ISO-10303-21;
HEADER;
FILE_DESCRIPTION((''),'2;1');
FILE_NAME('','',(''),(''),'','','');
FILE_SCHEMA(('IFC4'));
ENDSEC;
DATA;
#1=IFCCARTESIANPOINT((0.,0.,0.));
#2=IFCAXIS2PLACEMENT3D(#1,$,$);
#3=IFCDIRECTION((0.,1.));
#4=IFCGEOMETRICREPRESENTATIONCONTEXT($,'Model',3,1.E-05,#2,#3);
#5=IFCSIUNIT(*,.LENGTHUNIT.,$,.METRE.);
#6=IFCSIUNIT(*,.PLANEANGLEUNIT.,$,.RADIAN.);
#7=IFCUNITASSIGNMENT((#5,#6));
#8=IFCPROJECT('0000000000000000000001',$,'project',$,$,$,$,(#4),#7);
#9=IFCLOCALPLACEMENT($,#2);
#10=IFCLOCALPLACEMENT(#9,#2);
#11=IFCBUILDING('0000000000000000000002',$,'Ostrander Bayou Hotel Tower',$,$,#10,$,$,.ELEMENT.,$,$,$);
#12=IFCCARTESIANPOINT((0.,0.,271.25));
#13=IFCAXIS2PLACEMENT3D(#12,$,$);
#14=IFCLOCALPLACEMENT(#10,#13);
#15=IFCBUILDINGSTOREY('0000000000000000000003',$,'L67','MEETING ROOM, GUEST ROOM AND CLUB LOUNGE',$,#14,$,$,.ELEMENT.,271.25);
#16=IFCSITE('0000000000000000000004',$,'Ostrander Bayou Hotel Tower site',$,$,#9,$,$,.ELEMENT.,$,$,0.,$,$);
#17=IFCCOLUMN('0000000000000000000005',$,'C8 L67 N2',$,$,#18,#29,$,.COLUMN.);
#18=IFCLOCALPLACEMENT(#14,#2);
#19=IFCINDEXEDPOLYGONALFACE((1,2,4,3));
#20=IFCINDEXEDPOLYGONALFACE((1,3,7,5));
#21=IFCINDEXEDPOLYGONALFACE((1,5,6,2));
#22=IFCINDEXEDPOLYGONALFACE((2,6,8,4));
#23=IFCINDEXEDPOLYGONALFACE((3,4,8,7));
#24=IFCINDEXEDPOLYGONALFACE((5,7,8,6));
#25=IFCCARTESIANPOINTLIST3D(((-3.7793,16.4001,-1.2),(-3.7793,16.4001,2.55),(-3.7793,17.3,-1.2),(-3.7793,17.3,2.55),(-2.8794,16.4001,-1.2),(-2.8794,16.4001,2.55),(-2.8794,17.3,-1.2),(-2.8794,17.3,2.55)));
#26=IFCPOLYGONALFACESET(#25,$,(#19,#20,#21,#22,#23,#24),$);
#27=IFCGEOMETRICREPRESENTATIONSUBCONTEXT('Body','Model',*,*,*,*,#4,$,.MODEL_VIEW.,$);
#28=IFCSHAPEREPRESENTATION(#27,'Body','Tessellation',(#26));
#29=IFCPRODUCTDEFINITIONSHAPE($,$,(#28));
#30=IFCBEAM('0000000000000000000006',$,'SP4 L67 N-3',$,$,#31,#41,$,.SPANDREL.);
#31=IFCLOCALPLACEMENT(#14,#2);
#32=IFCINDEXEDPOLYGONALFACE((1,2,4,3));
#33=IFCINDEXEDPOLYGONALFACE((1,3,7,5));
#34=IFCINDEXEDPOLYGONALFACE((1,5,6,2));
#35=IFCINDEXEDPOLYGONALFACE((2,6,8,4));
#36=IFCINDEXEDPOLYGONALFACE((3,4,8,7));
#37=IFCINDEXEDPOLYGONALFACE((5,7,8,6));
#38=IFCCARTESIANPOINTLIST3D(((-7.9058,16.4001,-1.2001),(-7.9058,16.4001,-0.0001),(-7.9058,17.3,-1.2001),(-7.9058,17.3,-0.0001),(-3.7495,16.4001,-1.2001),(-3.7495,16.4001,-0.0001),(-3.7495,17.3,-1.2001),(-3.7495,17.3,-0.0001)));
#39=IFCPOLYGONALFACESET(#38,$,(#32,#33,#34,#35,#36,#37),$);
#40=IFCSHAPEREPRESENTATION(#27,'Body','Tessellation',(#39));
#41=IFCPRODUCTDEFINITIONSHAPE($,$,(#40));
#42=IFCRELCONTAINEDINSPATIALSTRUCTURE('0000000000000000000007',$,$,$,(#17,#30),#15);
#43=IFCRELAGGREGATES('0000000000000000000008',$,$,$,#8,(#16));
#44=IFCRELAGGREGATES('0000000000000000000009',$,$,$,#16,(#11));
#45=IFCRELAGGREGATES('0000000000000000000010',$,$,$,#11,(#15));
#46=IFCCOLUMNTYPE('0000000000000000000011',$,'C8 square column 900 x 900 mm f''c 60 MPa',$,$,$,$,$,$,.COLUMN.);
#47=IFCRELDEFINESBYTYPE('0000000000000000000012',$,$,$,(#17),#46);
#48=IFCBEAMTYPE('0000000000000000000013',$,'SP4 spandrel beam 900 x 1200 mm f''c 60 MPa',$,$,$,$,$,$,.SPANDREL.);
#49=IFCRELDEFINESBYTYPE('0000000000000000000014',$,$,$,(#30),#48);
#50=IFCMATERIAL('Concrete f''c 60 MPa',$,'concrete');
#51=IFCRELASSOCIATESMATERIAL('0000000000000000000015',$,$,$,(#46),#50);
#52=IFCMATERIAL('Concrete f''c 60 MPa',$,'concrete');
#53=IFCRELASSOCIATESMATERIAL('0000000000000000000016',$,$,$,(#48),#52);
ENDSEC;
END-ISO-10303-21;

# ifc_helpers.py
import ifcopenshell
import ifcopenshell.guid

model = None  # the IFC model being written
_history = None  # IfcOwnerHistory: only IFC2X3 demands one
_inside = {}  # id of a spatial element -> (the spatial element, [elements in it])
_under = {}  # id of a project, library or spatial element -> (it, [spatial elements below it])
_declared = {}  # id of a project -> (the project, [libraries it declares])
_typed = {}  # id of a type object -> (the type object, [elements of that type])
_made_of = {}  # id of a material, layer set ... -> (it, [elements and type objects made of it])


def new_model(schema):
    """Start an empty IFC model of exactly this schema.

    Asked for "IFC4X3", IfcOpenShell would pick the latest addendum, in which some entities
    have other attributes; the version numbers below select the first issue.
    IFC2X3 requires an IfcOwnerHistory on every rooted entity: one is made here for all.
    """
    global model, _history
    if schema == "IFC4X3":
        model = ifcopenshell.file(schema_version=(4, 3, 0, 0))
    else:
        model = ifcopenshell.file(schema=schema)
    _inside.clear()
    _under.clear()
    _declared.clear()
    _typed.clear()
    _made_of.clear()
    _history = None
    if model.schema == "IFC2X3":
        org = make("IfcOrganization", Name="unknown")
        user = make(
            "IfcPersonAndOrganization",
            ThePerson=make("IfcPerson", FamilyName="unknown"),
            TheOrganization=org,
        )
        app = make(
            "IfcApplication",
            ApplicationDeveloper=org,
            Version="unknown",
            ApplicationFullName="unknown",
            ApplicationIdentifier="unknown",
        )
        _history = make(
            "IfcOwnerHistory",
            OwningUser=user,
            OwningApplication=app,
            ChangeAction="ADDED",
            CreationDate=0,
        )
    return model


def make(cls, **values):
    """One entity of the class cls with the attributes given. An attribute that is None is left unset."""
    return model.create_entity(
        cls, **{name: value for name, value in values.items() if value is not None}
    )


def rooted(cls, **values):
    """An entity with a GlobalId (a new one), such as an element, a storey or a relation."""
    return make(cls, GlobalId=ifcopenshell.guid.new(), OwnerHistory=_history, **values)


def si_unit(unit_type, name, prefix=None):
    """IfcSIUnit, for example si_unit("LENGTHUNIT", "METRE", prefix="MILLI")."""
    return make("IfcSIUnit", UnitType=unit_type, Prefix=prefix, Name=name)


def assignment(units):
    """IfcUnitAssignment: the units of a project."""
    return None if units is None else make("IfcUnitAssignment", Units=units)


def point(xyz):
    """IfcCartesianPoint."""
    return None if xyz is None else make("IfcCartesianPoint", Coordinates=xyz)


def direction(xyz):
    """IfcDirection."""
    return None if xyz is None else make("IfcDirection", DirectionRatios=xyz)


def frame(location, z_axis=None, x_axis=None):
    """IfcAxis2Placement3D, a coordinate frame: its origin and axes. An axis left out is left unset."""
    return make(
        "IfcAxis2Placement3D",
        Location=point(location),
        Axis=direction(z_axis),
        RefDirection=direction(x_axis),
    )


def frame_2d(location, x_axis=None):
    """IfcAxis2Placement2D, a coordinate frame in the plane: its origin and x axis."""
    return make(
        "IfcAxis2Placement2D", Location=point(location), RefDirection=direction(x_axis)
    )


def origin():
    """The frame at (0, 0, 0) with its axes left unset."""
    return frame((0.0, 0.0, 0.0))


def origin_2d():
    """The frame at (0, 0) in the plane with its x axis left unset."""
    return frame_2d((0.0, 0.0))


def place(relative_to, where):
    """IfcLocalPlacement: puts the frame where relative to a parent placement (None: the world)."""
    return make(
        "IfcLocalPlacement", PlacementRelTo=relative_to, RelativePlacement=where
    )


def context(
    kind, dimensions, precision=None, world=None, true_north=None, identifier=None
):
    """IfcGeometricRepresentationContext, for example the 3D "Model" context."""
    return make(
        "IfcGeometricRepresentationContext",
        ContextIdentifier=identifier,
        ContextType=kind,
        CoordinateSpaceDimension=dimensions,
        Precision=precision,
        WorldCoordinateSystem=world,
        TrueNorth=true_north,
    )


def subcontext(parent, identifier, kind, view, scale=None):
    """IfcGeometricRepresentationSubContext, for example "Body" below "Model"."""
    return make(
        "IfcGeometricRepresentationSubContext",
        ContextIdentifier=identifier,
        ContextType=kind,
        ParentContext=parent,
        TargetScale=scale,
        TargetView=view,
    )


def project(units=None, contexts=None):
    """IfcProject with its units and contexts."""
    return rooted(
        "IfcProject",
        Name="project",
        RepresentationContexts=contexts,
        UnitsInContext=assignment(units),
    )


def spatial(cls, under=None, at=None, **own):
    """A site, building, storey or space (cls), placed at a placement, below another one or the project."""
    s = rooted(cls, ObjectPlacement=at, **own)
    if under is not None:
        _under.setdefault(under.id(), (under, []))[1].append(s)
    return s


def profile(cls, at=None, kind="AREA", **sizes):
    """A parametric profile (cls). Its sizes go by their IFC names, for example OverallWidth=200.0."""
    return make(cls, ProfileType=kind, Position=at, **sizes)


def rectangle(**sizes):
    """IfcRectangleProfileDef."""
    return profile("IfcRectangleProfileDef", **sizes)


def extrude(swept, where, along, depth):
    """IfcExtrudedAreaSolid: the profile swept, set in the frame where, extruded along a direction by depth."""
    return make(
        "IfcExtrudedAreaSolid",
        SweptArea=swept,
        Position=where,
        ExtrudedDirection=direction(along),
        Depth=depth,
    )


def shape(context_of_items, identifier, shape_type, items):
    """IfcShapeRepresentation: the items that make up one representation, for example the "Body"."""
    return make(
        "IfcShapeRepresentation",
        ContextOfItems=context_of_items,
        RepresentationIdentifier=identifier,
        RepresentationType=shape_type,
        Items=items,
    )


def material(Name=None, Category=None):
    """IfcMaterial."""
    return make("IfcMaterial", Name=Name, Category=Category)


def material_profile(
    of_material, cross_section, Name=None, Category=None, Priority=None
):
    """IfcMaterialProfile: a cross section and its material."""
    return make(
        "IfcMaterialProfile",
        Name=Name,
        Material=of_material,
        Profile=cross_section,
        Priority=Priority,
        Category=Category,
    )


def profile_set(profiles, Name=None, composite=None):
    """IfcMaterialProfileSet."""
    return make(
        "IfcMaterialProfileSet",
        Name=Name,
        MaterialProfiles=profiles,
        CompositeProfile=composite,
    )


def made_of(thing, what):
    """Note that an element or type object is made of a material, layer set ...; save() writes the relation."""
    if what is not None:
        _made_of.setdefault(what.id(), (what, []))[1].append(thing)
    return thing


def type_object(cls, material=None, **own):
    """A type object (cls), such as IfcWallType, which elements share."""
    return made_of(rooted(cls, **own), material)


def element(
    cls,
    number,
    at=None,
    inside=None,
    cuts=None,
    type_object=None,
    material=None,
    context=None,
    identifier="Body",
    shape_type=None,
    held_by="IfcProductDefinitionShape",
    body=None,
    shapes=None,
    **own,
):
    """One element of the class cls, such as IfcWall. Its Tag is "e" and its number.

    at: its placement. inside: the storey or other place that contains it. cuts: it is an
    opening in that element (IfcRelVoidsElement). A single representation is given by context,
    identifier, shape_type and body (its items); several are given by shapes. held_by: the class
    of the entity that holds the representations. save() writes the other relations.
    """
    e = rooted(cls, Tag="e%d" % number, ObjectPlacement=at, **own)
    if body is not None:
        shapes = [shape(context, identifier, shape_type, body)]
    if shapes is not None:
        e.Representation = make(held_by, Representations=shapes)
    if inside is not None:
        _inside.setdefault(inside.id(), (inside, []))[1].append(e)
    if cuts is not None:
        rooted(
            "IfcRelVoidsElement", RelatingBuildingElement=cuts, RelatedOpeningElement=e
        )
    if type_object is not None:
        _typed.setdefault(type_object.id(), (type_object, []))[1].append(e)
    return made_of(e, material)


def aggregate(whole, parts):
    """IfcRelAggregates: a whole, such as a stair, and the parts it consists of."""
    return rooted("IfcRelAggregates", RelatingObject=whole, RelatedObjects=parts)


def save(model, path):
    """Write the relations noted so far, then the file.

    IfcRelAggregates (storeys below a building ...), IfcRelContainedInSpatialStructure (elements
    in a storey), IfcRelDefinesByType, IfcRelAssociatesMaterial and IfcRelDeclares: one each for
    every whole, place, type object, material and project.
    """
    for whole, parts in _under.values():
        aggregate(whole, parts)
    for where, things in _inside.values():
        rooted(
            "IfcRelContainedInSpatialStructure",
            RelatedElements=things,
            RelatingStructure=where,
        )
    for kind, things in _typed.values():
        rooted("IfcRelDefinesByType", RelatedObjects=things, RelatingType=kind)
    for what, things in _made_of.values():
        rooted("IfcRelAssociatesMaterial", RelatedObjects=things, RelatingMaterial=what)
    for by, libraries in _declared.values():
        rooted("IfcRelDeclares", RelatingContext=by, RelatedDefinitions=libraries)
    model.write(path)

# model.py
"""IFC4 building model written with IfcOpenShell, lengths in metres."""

from ifc_helpers import new_model, si_unit, direction, frame, origin, origin_2d, place, context, subcontext, project, spatial, rectangle, extrude, material, material_profile, profile_set, type_object, element, save


model = new_model("IFC4")

# Units and contexts
model_context = context("Model", 3, precision=1e-05, world=origin(), true_north=direction((0.0, 1.0)))
body_context = subcontext(model_context, "Body", "Model", "MODEL_VIEW")
ifc_project = project(units=[si_unit("LENGTHUNIT", "METRE"), si_unit("PLANEANGLEUNIT", "RADIAN")], contexts=[model_context])

# Site, building, storey
site_placement = place(None, origin())
site = spatial("IfcSite", under=ifc_project, at=site_placement, Name="Ostrander Bayou Hotel Tower site", CompositionType="ELEMENT", RefElevation=0.0)
building_placement = place(site_placement, origin())
building = spatial("IfcBuilding", under=site, at=building_placement, Name="Ostrander Bayou Hotel Tower", CompositionType="ELEMENT")
storey_placement = place(building_placement, frame((0.0, 0.0, 271.25)))
storey = spatial("IfcBuildingStorey", under=building, at=storey_placement, Name="L67", Description="MEETING ROOM, GUEST ROOM AND CLUB LOUNGE", CompositionType="ELEMENT", Elevation=271.25)

# Column
ifc_material_1 = material(Name="Concrete f'c 60 MPa", Category="concrete")
ifc_material_profile_1 = material_profile(ifc_material_1, rectangle(XDim=0.8999, YDim=0.8999, at=origin_2d()))
ifc_profile_set_1 = profile_set([ifc_material_profile_1], Name="Concrete f'c 60 MPa")
column_type = type_object("IfcColumnType", Name="C8 square column 900 x 900 mm f'c 60 MPa", PredefinedType="COLUMN", material=ifc_profile_set_1)
column_placement = place(storey_placement, frame((-3.3293, 16.8501, -1.2), z_axis=(0.0, 0.0, 1.0), x_axis=(1.0, 0.0, 0.0)))
element("IfcColumn", 1, at=column_placement, inside=storey, type_object=column_type, Name="C8 L67 N2", PredefinedType="COLUMN", context=body_context, shape_type="SweptSolid", body=[
    extrude(rectangle(XDim=0.8999, YDim=0.8999, at=origin_2d()), origin(), (0.0, 0.0, 1.0), 3.75),
])

# Beam
ifc_material_2 = material(Name="Concrete f'c 60 MPa", Category="concrete")
ifc_material_profile_2 = material_profile(ifc_material_2, rectangle(XDim=0.8999, YDim=1.2, at=origin_2d()))
ifc_profile_set_2 = profile_set([ifc_material_profile_2], Name="Concrete f'c 60 MPa")
beam_type = type_object("IfcBeamType", Name="SP4 spandrel beam 900 x 1200 mm f'c 60 MPa", PredefinedType="SPANDREL", material=ifc_profile_set_2)
beam_placement = place(storey_placement, frame((-3.7495, 16.8501, -0.6001), z_axis=(-1.0, 0.0, 0.0), x_axis=(0.0, -1.0, 0.0)))
element("IfcBeam", 2, at=beam_placement, inside=storey, type_object=beam_type, Name="SP4 L67 N-3", PredefinedType="SPANDREL", context=body_context, shape_type="SweptSolid", body=[
    extrude(rectangle(XDim=0.8999, YDim=1.2, at=origin_2d()), origin(), (0.0, 0.0, 1.0), 4.1562),
])

save(model, "model.ifc")
